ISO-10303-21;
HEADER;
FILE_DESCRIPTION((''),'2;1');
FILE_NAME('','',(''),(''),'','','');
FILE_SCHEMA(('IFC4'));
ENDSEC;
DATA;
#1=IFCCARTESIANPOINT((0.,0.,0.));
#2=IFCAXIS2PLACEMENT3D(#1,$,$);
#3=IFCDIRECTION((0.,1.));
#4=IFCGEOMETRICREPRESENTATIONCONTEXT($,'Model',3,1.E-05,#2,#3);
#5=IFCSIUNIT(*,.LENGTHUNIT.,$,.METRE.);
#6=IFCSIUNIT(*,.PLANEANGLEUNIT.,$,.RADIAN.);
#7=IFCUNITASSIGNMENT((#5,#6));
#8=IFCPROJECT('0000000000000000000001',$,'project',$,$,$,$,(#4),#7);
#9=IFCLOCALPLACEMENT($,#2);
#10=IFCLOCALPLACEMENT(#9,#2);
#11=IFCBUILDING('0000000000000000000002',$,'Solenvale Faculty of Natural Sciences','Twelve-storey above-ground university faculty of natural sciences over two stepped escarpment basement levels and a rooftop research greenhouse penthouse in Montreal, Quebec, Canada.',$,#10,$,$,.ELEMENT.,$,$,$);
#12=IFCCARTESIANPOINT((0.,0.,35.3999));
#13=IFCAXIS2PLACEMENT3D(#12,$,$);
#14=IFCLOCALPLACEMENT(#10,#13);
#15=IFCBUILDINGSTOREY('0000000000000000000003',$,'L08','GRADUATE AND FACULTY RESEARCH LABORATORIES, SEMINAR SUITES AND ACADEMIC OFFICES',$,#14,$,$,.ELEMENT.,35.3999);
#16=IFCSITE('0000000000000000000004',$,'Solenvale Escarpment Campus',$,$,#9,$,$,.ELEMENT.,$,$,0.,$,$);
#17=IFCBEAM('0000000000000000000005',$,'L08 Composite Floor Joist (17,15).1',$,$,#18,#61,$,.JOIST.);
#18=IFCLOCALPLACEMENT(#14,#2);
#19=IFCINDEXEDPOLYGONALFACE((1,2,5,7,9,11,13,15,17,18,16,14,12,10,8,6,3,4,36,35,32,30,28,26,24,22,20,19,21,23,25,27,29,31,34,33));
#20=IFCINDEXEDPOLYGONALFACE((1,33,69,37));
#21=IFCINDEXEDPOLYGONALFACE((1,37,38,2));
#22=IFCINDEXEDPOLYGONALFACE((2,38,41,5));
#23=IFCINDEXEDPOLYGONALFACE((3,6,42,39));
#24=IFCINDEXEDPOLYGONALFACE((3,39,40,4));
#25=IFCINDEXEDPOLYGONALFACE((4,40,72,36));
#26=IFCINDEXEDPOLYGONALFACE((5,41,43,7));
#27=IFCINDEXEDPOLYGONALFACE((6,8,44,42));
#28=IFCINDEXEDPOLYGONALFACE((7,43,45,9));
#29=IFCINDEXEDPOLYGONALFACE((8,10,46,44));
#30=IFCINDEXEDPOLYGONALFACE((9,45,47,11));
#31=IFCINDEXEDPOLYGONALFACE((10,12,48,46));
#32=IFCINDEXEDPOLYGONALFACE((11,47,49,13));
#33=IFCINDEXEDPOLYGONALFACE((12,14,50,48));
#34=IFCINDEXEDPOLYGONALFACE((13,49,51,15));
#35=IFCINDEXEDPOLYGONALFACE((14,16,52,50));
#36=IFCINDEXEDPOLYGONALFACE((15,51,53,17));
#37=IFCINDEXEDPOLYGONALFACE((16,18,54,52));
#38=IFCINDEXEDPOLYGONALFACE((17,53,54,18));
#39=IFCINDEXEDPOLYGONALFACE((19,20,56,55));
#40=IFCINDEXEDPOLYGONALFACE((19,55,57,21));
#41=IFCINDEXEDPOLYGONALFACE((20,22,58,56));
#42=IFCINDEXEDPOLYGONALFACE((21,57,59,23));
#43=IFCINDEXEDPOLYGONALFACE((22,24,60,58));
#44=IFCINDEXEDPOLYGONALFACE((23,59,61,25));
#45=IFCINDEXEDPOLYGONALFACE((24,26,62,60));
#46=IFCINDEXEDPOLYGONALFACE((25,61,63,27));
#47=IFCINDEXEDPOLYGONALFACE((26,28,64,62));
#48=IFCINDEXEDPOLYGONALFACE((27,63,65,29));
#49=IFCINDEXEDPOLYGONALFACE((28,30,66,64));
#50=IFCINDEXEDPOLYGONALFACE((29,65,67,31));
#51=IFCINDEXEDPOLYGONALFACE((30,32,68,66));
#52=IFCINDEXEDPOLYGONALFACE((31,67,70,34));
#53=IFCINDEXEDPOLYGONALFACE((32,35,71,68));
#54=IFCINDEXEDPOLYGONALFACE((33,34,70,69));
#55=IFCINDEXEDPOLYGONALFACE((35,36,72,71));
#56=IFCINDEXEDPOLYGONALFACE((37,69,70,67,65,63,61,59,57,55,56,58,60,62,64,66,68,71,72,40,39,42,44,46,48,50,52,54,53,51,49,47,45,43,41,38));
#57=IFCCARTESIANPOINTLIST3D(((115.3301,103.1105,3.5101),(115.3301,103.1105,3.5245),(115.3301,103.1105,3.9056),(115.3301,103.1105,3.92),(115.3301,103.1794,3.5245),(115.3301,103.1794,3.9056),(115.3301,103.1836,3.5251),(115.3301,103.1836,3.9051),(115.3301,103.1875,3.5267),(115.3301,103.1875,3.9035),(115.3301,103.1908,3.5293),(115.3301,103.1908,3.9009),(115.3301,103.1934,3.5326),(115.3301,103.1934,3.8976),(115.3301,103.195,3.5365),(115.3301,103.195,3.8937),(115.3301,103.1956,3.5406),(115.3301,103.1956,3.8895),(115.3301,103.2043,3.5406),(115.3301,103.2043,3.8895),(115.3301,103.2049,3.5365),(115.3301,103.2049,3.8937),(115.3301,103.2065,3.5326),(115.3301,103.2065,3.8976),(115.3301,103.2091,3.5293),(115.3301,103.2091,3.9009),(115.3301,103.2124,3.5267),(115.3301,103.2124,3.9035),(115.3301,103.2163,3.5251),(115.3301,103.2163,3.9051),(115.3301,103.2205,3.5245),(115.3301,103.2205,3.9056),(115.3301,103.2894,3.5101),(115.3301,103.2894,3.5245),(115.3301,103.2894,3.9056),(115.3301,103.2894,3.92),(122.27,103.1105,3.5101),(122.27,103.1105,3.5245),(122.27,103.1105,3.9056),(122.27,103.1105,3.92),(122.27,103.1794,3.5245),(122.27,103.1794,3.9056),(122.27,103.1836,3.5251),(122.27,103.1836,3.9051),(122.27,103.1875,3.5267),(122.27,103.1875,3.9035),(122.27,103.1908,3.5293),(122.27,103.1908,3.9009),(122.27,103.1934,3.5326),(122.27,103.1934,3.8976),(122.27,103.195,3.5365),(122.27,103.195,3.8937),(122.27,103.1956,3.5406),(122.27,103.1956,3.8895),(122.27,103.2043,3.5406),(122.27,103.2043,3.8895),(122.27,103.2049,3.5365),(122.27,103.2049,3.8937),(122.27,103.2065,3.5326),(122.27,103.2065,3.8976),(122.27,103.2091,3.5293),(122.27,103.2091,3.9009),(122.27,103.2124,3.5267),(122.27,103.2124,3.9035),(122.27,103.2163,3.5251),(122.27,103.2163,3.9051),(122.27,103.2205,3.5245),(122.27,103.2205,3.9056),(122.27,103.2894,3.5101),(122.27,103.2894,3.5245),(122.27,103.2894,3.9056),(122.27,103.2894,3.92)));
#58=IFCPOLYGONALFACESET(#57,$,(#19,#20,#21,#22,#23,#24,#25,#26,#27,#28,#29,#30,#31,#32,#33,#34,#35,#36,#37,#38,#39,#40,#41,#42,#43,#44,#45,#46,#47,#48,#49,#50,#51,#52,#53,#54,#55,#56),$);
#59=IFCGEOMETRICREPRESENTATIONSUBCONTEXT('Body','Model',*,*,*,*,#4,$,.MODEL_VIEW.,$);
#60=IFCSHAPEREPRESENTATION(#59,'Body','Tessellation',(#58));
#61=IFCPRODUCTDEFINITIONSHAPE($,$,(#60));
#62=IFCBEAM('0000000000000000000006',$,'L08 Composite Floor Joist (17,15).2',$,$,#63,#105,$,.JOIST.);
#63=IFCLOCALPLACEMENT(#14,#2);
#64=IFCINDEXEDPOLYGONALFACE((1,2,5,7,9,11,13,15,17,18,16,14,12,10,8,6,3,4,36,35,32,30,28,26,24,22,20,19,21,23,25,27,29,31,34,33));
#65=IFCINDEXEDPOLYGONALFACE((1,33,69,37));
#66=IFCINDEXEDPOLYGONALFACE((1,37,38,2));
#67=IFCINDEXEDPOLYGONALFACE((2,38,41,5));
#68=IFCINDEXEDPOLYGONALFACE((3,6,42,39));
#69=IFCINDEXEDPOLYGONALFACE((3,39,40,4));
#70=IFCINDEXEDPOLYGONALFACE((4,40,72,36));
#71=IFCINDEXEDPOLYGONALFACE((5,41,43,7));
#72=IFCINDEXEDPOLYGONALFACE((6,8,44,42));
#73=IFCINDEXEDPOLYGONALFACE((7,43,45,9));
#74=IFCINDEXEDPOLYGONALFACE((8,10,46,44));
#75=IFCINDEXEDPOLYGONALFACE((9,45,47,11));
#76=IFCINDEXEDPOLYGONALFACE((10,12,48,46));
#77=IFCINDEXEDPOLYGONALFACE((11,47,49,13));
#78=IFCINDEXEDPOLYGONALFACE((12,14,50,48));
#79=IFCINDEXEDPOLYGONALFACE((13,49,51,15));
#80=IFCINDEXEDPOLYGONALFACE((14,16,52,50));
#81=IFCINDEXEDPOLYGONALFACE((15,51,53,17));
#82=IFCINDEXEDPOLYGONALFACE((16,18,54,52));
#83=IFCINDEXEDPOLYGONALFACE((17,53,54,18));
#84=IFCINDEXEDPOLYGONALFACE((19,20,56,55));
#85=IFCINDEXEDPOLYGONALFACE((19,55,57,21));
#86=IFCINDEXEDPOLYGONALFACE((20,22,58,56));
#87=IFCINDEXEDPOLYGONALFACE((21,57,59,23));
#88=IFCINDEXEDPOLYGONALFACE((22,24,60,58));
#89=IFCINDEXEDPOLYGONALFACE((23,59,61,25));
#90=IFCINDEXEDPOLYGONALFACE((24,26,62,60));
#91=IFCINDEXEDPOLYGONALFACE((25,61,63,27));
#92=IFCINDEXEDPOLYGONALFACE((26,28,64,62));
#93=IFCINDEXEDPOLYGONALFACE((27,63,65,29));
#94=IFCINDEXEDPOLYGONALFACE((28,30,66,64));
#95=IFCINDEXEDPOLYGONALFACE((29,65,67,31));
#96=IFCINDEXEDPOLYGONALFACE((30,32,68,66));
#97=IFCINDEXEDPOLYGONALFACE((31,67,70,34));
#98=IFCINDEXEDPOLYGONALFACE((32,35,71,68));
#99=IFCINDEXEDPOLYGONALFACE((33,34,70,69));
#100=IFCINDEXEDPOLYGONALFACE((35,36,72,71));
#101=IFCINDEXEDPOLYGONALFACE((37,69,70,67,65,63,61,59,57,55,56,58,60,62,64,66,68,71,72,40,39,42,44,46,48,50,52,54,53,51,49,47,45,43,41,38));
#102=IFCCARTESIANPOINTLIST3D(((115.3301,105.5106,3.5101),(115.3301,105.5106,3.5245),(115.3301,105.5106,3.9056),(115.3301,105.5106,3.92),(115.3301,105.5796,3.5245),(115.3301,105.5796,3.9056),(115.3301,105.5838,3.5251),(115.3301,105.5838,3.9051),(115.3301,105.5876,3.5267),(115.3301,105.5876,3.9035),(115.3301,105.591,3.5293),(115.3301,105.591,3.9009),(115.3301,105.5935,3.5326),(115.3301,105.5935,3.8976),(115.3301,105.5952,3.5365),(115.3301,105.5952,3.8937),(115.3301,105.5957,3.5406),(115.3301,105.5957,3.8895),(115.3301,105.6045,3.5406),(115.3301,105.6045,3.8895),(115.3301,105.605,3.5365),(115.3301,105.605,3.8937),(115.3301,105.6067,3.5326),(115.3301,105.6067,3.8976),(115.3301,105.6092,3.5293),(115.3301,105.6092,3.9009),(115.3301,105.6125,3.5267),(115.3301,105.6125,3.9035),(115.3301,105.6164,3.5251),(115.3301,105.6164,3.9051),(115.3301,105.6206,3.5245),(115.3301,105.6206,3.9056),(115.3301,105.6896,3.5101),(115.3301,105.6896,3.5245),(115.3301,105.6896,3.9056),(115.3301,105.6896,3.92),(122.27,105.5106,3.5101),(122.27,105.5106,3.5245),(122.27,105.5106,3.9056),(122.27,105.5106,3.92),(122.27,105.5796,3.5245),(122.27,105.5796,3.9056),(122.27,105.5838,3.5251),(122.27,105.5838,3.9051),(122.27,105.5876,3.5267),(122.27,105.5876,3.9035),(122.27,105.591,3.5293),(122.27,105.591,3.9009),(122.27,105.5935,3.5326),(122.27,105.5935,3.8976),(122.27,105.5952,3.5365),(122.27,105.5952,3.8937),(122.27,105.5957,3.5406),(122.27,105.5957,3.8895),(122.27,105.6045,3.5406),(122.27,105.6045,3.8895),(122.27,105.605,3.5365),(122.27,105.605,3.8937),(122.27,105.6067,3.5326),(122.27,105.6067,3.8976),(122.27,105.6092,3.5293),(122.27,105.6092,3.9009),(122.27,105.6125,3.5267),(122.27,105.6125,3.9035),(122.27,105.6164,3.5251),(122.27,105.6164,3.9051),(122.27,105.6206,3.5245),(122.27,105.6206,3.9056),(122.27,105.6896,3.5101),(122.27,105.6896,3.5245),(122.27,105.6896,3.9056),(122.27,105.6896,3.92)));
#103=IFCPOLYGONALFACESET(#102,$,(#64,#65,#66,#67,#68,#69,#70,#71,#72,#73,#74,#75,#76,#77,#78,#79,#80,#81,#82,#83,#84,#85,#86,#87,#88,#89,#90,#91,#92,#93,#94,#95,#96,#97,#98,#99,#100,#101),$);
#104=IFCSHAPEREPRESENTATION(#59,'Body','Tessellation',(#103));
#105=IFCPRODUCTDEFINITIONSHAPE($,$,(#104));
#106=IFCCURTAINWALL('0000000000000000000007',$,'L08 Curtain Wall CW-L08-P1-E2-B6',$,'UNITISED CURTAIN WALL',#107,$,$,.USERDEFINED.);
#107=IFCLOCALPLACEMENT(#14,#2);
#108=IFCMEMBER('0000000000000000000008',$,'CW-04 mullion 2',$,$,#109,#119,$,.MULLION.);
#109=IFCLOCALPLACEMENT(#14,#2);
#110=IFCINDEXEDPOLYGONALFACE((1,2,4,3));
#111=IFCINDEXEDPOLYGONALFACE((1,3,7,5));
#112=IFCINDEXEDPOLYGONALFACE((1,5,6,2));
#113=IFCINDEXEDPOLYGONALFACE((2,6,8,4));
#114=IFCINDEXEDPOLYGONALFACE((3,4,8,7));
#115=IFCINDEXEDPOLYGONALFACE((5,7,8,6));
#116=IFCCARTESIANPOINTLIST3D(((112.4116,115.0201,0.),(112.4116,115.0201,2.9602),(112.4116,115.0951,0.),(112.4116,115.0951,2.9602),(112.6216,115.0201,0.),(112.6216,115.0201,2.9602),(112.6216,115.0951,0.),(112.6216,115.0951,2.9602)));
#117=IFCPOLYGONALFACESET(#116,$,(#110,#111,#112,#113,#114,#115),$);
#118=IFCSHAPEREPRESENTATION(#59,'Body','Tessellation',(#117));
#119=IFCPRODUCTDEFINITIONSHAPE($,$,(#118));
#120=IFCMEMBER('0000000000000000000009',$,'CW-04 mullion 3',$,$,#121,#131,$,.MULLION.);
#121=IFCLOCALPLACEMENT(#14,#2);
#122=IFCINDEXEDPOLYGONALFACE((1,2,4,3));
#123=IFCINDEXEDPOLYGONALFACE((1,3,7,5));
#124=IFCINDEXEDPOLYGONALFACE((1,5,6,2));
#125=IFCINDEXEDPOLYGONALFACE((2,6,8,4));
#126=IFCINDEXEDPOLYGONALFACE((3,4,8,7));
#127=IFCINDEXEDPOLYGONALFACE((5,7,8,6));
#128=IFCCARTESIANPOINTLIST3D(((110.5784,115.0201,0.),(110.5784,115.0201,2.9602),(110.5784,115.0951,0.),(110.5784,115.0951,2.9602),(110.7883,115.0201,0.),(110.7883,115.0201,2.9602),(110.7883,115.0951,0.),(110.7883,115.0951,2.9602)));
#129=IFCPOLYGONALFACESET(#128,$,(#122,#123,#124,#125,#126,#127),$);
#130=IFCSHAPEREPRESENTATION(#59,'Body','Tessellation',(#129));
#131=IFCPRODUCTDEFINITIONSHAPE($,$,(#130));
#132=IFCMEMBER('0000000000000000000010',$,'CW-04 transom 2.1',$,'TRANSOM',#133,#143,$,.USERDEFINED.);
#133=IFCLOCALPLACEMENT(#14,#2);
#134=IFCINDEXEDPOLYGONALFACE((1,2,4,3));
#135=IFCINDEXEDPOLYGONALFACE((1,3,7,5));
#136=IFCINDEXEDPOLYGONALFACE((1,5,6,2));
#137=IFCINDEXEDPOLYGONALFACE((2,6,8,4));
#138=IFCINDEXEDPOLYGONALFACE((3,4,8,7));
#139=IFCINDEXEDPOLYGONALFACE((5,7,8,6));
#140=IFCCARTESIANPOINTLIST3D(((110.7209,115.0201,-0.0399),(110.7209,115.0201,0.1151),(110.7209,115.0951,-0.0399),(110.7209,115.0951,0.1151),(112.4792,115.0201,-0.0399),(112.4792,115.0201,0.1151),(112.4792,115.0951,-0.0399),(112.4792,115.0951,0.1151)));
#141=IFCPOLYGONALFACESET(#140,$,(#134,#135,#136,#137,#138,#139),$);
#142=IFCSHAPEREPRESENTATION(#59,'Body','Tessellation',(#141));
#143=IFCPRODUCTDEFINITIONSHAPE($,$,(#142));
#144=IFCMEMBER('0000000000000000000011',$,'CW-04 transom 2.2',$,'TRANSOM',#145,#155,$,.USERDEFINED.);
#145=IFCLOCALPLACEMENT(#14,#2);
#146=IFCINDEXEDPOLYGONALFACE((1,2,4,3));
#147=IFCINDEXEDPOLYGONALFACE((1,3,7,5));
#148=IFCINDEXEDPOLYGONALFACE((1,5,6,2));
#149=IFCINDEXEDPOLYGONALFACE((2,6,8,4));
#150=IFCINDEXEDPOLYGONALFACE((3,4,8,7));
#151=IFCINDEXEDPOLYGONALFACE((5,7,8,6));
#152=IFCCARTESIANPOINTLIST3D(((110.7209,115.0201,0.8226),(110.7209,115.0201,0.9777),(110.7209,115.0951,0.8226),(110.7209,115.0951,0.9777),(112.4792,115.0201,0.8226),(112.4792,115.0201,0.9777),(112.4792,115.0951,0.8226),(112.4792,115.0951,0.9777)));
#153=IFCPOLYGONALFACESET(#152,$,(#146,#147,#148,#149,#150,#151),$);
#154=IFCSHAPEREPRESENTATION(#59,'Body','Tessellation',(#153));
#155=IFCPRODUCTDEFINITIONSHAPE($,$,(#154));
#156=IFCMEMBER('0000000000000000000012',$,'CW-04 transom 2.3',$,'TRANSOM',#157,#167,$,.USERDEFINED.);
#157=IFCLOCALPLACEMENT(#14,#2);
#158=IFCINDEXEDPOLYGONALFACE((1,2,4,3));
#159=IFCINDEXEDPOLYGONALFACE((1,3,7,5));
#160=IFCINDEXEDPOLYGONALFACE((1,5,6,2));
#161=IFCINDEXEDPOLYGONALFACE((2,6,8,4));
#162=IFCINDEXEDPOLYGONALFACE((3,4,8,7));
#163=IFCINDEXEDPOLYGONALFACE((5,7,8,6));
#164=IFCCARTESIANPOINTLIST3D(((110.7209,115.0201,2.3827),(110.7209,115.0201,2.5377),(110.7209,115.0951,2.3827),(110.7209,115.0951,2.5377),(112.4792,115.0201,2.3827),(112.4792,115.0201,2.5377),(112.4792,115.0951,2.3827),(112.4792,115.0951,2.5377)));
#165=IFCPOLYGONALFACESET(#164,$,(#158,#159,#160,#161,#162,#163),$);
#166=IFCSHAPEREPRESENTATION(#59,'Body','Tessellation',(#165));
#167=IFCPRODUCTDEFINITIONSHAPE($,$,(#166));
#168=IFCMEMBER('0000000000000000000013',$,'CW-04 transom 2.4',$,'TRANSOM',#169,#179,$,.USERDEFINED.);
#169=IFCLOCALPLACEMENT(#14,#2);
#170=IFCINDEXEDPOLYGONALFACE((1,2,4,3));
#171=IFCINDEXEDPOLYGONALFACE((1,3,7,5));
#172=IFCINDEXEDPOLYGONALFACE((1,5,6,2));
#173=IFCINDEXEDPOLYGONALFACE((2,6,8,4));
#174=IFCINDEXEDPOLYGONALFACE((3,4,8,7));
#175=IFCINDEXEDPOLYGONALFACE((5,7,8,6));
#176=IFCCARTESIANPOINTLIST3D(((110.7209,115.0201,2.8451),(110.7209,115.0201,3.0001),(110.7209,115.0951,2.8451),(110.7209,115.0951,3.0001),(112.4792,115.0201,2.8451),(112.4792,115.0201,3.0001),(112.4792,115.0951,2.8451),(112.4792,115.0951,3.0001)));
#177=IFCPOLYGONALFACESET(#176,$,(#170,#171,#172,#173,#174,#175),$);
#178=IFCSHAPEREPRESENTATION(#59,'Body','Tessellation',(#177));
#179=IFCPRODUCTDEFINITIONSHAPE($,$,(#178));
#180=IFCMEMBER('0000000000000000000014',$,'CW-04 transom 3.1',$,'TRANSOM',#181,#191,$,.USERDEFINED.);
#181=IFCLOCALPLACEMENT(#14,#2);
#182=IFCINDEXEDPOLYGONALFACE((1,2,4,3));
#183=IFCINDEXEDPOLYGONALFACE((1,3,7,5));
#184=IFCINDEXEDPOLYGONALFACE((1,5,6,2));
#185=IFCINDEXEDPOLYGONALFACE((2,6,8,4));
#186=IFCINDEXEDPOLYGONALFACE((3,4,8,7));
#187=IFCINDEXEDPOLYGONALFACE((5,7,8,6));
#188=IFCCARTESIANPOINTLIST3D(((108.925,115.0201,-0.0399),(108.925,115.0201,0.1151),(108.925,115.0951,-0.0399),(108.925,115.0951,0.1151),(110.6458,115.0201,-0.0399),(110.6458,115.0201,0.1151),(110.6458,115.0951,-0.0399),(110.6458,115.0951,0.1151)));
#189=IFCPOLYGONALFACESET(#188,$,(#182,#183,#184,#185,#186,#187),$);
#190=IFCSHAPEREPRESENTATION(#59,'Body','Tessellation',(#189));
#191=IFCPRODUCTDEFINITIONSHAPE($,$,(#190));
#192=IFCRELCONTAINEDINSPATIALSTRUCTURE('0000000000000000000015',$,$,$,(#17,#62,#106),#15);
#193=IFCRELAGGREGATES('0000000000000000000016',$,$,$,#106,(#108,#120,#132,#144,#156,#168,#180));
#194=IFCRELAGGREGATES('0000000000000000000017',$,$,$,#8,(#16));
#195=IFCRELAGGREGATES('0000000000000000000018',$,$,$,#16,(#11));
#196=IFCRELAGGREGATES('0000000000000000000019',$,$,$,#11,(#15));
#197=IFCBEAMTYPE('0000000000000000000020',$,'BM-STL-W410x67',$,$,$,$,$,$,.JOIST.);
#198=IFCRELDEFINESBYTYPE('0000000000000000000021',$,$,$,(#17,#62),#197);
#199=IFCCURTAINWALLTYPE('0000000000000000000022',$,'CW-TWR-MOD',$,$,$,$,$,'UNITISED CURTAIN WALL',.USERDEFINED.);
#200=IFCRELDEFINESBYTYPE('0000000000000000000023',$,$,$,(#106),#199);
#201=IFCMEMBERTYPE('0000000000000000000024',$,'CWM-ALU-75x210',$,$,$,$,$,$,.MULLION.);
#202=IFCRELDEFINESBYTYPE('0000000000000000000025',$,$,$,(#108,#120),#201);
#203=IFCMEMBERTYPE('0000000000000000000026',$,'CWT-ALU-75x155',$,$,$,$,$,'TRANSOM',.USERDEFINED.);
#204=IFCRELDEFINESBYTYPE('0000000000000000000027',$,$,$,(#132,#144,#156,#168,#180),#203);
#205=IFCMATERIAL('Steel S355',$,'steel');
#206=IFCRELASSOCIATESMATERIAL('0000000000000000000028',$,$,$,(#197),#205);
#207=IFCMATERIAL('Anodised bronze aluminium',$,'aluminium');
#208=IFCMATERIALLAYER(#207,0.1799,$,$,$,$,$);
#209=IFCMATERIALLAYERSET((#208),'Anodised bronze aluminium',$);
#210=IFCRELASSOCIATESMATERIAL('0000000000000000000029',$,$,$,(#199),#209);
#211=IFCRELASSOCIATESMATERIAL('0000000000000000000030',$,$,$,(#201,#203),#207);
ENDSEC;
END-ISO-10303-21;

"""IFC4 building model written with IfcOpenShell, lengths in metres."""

from ifc_helpers import new_model, si_unit, direction, frame, origin, origin_2d, place, context, subcontext, project, spatial, rectangle, i_section, extrude, material, layer, layer_set, material_profile, profile_set, type_object, element, aggregate, save


model = new_model("IFC4")

# Units and contexts
model_context = context("Model", 3, precision=1e-05, world=origin(), true_north=direction((0.0, 1.0)))
body_context = subcontext(model_context, "Body", "Model", "MODEL_VIEW")
ifc_project = project(units=[si_unit("LENGTHUNIT", "METRE"), si_unit("PLANEANGLEUNIT", "RADIAN")], contexts=[model_context])

# Site, building, storey
site_placement = place(None, origin())
site = spatial("IfcSite", under=ifc_project, at=site_placement, Name="Solenvale Escarpment Campus", CompositionType="ELEMENT", RefElevation=0.0)
building_placement = place(site_placement, origin())
building = spatial("IfcBuilding", under=site, at=building_placement, Name="Solenvale Faculty of Natural Sciences", Description="Twelve-storey above-ground university faculty of natural sciences over two stepped escarpment basement levels and a rooftop research greenhouse penthouse in Montreal, Quebec, Canada.", CompositionType="ELEMENT")
storey_placement = place(building_placement, frame((0.0, 0.0, 35.3999)))
storey = spatial("IfcBuildingStorey", under=building, at=storey_placement, Name="L08", Description="GRADUATE AND FACULTY RESEARCH LABORATORIES, SEMINAR SUITES AND ACADEMIC OFFICES", CompositionType="ELEMENT", Elevation=35.3999)

# Beams
ifc_material_1 = material(Name="Steel S355", Category="steel")
ifc_material_profile_1 = material_profile(ifc_material_1, i_section(OverallWidth=0.179, OverallDepth=0.4099, WebThickness=0.0088, FlangeThickness=0.0144, FilletRadius=0.0161, at=origin_2d()), Name="W410x67")
ifc_profile_set_1 = profile_set([ifc_material_profile_1], Name="Steel S355")
beam_type_1 = type_object("IfcBeamType", Name="BM-STL-W410x67", PredefinedType="JOIST", material=ifc_profile_set_1)
for number, where, z_axis, x_axis, name in (
    (1, (115.3301, 103.2, 3.7151), (1.0, 0.0, 0.0), (0.0, 1.0, 0.0), "L08 Composite Floor Joist (17,15).1"),
    (2, (115.3301, 105.6001, 3.7151), (1.0, 0.0, 0.0), (0.0, 1.0, 0.0), "L08 Composite Floor Joist (17,15).2"),
):
    element("IfcBeam", number, at=place(storey_placement, frame(where, z_axis=z_axis, x_axis=x_axis)), inside=storey, type_object=beam_type_1, Name=name, PredefinedType="JOIST", context=body_context, shape_type="SweptSolid", body=[
        extrude(i_section(OverallWidth=0.179, OverallDepth=0.4099, WebThickness=0.0088, FlangeThickness=0.0144, FilletRadius=0.0161, at=origin_2d()), origin(), (0.0, 0.0, 1.0), 6.9399),
    ])

# Curtain wall, members
ifc_material_2 = material(Name="Anodised bronze aluminium", Category="aluminium")
ifc_layer_1 = layer(ifc_material_2, 0.1799)
ifc_layer_set_1 = layer_set([ifc_layer_1], Name="Anodised bronze aluminium")
curtain_wall_type = type_object("IfcCurtainWallType", Name="CW-TWR-MOD", ElementType="UNITISED CURTAIN WALL", PredefinedType="USERDEFINED", material=ifc_layer_set_1)
curtain_wall_placement = place(storey_placement, origin())
curtain_wall = element("IfcCurtainWall", 3, at=curtain_wall_placement, inside=storey, type_object=curtain_wall_type, Name="L08 Curtain Wall CW-L08-P1-E2-B6", ObjectType="UNITISED CURTAIN WALL", PredefinedType="USERDEFINED")
ifc_material_profile_2 = material_profile(ifc_material_2, rectangle(XDim=0.075, YDim=0.21, at=origin_2d()), Name="ALU-MUL-75x210")
ifc_profile_set_2 = profile_set([ifc_material_profile_2], Name="Anodised bronze aluminium")
member_type_1 = type_object("IfcMemberType", Name="CWM-ALU-75x210", PredefinedType="MULLION", material=ifc_profile_set_2)
member_1_placement = place(storey_placement, frame((112.5166, 115.0576, 0.0), z_axis=(0.0, 0.0, 1.0), x_axis=(0.0, -1.0, 0.0)))
member_1 = element("IfcMember", 4, at=member_1_placement, type_object=member_type_1, Name="CW-04 mullion 2", PredefinedType="MULLION", context=body_context, shape_type="SweptSolid", body=[
    extrude(rectangle(XDim=0.075, YDim=0.21, at=origin_2d()), origin(), (0.0, 0.0, 1.0), 2.9602),
])
member_2_placement = place(storey_placement, frame((110.6833, 115.0576, 0.0), z_axis=(0.0, 0.0, 1.0), x_axis=(0.0, -1.0, 0.0)))
member_2 = element("IfcMember", 5, at=member_2_placement, type_object=member_type_1, Name="CW-04 mullion 3", PredefinedType="MULLION", context=body_context, shape_type="SweptSolid", body=[
    extrude(rectangle(XDim=0.075, YDim=0.21, at=origin_2d()), origin(), (0.0, 0.0, 1.0), 2.9602),
])
ifc_material_profile_3 = material_profile(ifc_material_2, rectangle(XDim=0.075, YDim=0.155, at=origin_2d()), Name="ALU-TRN-75x155")
ifc_profile_set_3 = profile_set([ifc_material_profile_3], Name="Anodised bronze aluminium")
member_type_2 = type_object("IfcMemberType", Name="CWT-ALU-75x155", ElementType="TRANSOM", PredefinedType="USERDEFINED", material=ifc_profile_set_3)
member_3_placement = place(storey_placement, frame((112.4792, 115.0576, 0.0376), z_axis=(-1.0, 0.0, 0.0), x_axis=(0.0, -1.0, 0.0)))
member_3 = element("IfcMember", 6, at=member_3_placement, type_object=member_type_2, Name="CW-04 transom 2.1", ObjectType="TRANSOM", PredefinedType="USERDEFINED", context=body_context, shape_type="SweptSolid", body=[
    extrude(rectangle(XDim=0.075, YDim=0.155, at=origin_2d()), origin(), (0.0, 0.0, 1.0), 1.7583),
])
member_4_placement = place(storey_placement, frame((112.4792, 115.0576, 0.9001), z_axis=(-1.0, 0.0, 0.0), x_axis=(0.0, -1.0, 0.0)))
member_4 = element("IfcMember", 7, at=member_4_placement, type_object=member_type_2, Name="CW-04 transom 2.2", ObjectType="TRANSOM", PredefinedType="USERDEFINED", context=body_context, shape_type="SweptSolid", body=[
    extrude(rectangle(XDim=0.075, YDim=0.155, at=origin_2d()), origin(), (0.0, 0.0, 1.0), 1.7583),
])
member_5_placement = place(storey_placement, frame((112.4792, 115.0576, 2.4602), z_axis=(-1.0, 0.0, 0.0), x_axis=(0.0, -1.0, 0.0)))
member_5 = element("IfcMember", 8, at=member_5_placement, type_object=member_type_2, Name="CW-04 transom 2.3", ObjectType="TRANSOM", PredefinedType="USERDEFINED", context=body_context, shape_type="SweptSolid", body=[
    extrude(rectangle(XDim=0.075, YDim=0.155, at=origin_2d()), origin(), (0.0, 0.0, 1.0), 1.7583),
])
member_6_placement = place(storey_placement, frame((112.4792, 115.0576, 2.9226), z_axis=(-1.0, 0.0, 0.0), x_axis=(0.0, -1.0, 0.0)))
member_6 = element("IfcMember", 9, at=member_6_placement, type_object=member_type_2, Name="CW-04 transom 2.4", ObjectType="TRANSOM", PredefinedType="USERDEFINED", context=body_context, shape_type="SweptSolid", body=[
    extrude(rectangle(XDim=0.075, YDim=0.155, at=origin_2d()), origin(), (0.0, 0.0, 1.0), 1.7583),
])
member_7_placement = place(storey_placement, frame((110.6458, 115.0576, 0.0376), z_axis=(-1.0, 0.0, 0.0), x_axis=(0.0, -1.0, 0.0)))
member_7 = element("IfcMember", 10, at=member_7_placement, type_object=member_type_2, Name="CW-04 transom 3.1", ObjectType="TRANSOM", PredefinedType="USERDEFINED", context=body_context, shape_type="SweptSolid", body=[
    extrude(rectangle(XDim=0.075, YDim=0.155, at=origin_2d()), origin(), (0.0, 0.0, 1.0), 1.7207),
])
aggregate(curtain_wall, [member_1, member_2, member_3, member_4, member_5, member_6, member_7])

save(model, "model.ifc")
